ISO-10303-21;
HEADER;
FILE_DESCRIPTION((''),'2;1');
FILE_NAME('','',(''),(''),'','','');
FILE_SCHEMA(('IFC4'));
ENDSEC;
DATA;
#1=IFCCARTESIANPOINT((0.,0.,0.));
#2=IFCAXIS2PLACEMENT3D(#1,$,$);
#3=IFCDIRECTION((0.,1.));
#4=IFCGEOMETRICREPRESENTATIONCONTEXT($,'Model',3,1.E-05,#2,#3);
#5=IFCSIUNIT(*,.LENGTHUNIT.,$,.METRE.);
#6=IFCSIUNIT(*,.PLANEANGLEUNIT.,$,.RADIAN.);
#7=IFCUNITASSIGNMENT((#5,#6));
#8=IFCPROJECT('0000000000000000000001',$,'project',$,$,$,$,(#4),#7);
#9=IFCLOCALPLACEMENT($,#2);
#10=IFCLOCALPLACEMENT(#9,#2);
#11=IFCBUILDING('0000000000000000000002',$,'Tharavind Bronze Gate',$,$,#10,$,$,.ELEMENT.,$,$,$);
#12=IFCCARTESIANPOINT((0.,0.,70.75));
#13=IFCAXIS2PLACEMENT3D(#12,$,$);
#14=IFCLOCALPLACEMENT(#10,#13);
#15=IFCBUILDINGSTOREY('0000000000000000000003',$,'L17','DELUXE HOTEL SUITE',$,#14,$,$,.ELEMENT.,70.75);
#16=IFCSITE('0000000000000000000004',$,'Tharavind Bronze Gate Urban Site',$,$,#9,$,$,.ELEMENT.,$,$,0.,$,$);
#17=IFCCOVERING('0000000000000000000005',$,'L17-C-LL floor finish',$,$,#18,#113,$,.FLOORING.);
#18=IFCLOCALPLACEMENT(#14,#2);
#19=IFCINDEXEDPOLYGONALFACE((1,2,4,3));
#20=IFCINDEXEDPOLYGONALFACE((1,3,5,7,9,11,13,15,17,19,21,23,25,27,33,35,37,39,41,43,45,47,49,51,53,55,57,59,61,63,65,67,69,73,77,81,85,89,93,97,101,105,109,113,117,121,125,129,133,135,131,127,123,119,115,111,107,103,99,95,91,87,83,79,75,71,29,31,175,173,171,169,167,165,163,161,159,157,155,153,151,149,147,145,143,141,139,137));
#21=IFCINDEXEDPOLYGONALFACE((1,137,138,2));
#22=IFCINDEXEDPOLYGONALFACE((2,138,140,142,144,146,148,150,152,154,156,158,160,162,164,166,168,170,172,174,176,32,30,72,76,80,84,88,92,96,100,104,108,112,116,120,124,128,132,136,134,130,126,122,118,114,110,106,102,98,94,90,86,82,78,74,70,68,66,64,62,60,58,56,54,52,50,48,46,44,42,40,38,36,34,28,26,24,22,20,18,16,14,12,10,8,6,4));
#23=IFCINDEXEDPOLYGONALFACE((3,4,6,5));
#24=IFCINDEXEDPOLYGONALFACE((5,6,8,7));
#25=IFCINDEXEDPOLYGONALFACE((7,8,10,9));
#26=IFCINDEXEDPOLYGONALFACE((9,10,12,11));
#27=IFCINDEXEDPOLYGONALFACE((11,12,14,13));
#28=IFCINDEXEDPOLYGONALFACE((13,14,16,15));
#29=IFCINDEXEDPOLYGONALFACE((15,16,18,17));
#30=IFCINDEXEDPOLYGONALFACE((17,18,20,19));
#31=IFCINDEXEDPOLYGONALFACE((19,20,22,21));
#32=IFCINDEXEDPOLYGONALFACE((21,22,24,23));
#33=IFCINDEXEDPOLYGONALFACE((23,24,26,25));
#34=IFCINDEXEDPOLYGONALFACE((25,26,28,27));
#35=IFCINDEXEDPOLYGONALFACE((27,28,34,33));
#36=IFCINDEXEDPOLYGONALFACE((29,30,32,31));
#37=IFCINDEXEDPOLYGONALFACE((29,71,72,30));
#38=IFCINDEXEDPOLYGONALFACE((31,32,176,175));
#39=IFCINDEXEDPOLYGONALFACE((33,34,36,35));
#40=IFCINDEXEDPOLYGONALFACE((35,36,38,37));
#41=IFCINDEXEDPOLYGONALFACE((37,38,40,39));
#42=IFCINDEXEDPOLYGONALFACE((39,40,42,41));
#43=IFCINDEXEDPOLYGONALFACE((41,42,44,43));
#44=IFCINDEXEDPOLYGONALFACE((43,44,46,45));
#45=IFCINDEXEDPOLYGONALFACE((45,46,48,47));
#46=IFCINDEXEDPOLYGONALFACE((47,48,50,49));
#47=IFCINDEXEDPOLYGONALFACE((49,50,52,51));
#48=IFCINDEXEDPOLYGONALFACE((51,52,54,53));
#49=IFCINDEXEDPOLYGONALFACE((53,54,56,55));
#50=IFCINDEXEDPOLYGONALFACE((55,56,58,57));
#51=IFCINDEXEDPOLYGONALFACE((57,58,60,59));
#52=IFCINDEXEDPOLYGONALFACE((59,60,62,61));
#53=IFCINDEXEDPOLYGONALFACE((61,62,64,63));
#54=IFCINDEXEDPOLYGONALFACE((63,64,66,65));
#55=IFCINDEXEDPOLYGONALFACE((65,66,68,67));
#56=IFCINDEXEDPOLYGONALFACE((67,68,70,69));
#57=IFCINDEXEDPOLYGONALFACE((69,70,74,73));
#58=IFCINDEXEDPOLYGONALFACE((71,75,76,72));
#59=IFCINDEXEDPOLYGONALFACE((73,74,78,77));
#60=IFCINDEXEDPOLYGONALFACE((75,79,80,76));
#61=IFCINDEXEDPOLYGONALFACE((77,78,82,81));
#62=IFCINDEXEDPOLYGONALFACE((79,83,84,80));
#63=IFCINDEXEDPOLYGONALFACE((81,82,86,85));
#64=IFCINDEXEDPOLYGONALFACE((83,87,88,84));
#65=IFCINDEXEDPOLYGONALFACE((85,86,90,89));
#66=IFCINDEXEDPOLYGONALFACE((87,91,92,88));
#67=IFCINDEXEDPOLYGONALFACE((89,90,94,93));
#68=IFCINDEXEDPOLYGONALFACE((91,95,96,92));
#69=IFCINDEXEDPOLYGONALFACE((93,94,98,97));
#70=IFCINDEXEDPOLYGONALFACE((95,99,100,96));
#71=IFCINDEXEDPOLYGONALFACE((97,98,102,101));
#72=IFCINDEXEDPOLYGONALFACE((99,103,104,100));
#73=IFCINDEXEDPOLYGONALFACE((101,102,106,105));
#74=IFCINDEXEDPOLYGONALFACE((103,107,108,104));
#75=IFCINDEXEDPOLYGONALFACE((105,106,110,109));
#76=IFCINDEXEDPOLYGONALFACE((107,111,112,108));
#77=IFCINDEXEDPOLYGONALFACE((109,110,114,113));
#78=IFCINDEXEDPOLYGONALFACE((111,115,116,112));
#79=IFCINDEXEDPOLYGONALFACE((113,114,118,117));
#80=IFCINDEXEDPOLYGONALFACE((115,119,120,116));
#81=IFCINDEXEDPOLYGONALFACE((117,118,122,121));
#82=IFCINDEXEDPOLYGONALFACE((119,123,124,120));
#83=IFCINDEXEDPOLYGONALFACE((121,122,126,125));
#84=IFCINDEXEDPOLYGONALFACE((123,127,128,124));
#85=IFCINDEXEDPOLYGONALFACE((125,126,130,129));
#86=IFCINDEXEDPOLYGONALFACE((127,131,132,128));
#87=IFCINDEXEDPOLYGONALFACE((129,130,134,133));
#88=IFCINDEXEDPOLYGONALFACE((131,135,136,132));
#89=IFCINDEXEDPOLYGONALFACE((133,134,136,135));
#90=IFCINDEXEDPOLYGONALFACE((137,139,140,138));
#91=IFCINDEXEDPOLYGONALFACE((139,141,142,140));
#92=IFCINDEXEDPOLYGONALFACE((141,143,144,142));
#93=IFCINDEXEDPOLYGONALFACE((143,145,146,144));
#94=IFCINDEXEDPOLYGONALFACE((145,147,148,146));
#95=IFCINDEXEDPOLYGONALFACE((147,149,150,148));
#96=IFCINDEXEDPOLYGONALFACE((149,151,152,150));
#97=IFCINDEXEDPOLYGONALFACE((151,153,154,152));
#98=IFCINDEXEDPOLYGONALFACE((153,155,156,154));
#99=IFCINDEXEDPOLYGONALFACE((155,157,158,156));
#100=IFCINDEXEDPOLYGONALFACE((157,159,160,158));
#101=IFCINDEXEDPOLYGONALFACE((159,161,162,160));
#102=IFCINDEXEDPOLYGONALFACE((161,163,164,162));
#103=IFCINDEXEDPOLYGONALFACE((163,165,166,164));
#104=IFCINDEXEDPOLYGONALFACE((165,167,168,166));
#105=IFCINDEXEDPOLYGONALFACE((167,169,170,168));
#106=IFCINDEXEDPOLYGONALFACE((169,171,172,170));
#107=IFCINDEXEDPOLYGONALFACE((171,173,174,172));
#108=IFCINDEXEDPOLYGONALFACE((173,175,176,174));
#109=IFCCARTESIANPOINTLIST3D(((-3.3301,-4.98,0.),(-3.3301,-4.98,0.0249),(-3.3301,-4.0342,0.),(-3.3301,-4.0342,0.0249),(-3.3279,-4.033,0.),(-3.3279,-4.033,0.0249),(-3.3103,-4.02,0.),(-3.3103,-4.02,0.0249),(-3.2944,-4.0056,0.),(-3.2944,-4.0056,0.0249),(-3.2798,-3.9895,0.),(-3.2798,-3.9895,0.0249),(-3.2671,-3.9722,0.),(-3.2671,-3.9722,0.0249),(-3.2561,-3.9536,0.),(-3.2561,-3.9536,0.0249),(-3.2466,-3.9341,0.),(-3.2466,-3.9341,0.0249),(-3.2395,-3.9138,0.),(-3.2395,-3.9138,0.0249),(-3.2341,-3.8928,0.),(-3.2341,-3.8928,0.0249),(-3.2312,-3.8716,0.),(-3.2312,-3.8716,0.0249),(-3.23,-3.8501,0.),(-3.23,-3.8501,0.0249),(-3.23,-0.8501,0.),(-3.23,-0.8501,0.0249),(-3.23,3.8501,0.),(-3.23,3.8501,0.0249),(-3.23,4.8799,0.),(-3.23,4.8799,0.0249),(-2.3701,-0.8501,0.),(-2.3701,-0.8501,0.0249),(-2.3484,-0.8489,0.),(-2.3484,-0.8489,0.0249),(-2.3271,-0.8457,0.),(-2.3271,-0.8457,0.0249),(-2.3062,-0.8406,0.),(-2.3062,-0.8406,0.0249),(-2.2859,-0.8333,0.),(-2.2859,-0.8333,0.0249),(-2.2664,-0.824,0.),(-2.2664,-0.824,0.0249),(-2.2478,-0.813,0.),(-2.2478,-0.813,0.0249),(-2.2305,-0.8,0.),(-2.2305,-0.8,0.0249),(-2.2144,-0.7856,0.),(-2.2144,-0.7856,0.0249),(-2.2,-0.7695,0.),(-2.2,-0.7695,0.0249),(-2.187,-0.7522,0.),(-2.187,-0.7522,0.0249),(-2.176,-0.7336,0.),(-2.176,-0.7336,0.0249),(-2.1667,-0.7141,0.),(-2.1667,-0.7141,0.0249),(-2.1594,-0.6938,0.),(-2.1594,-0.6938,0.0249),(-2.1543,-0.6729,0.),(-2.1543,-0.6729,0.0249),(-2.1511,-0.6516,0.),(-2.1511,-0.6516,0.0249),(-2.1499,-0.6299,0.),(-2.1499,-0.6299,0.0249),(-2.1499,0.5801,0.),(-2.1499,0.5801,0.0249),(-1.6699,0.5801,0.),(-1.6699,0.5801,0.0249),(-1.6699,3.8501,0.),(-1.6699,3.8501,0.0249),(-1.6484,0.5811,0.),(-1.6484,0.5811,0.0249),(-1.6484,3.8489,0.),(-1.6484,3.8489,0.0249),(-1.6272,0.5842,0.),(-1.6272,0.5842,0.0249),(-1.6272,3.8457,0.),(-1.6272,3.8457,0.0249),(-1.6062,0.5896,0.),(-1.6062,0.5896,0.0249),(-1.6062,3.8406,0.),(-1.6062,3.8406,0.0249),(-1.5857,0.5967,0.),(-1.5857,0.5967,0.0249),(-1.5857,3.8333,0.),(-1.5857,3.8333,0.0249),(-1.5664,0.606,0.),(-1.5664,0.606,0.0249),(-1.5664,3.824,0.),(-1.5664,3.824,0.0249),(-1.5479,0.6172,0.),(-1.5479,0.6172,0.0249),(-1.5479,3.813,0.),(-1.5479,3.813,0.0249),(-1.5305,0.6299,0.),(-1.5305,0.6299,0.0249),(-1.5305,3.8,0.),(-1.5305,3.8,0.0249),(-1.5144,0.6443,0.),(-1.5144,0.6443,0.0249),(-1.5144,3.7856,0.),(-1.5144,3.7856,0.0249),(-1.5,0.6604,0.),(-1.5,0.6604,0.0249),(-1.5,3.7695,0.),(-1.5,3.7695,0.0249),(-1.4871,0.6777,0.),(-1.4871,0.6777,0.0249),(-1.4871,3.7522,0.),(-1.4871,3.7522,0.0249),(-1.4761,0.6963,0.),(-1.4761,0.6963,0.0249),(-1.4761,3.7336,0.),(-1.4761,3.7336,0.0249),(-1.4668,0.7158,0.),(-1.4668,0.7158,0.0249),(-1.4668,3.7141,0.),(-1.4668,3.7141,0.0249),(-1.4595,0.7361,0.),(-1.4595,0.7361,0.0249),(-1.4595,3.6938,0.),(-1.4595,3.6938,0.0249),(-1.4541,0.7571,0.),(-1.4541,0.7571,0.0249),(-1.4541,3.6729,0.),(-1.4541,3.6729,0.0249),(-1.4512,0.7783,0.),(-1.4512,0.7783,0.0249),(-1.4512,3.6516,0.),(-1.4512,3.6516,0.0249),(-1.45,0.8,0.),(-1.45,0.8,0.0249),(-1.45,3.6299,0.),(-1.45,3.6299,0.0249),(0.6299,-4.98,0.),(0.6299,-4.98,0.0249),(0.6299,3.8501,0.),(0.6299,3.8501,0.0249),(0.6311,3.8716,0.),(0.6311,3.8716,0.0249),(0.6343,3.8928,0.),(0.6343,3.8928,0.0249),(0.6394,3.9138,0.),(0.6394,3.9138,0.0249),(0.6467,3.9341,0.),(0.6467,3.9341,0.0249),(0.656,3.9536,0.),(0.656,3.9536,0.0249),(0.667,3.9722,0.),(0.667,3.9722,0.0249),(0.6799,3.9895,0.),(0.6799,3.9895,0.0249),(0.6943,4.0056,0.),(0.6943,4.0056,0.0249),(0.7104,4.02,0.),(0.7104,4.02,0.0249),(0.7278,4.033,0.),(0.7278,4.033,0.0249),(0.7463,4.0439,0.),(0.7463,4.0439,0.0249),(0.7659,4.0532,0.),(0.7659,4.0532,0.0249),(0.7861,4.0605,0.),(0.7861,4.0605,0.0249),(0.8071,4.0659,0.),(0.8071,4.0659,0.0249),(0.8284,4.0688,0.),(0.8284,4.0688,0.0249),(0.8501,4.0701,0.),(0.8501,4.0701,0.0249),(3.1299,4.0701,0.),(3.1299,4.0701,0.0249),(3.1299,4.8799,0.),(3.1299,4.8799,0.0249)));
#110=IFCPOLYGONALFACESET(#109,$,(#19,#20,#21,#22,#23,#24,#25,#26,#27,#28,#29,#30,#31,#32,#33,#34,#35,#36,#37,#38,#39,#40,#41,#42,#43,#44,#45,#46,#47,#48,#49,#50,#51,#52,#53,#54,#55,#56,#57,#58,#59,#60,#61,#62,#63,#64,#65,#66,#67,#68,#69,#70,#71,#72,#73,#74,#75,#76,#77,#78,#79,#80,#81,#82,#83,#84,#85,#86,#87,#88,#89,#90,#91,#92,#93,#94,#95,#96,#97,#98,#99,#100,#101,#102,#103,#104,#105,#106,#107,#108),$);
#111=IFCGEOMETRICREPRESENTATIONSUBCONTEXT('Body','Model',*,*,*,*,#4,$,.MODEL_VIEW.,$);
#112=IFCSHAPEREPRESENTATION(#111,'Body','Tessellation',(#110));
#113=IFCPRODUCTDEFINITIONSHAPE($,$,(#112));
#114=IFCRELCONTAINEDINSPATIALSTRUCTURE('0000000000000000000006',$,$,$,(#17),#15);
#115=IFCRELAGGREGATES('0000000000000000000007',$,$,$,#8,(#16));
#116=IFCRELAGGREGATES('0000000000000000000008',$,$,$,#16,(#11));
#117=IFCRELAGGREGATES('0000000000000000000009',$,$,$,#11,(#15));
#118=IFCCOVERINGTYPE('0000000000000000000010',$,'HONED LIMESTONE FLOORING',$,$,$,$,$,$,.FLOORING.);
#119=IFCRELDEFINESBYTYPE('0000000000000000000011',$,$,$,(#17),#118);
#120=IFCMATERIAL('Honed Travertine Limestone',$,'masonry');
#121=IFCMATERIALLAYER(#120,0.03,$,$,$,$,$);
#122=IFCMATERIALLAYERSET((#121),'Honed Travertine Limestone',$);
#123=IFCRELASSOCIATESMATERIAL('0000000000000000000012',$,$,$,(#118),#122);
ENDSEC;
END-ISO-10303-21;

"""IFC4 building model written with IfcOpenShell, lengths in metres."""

from ifc_helpers import new_model, si_unit, direction, frame, origin, place, context, subcontext, project, spatial, polyline, outline, extrude, material, layer, layer_set, type_object, element, save


model = new_model("IFC4")

# Units and contexts
model_context = context("Model", 3, precision=1e-05, world=origin(), true_north=direction((0.0, 1.0)))
body_context = subcontext(model_context, "Body", "Model", "MODEL_VIEW")
ifc_project = project(units=[si_unit("LENGTHUNIT", "METRE"), si_unit("PLANEANGLEUNIT", "RADIAN")], contexts=[model_context])

# Site, building, storey
site_placement = place(None, origin())
site = spatial("IfcSite", under=ifc_project, at=site_placement, Name="Tharavind Bronze Gate Urban Site", CompositionType="ELEMENT", RefElevation=0.0)
building_placement = place(site_placement, origin())
building = spatial("IfcBuilding", under=site, at=building_placement, Name="Tharavind Bronze Gate", CompositionType="ELEMENT")
storey_placement = place(building_placement, frame((0.0, 0.0, 70.75)))
storey = spatial("IfcBuildingStorey", under=building, at=storey_placement, Name="L17", Description="DELUXE HOTEL SUITE", CompositionType="ELEMENT", Elevation=70.75)

# Covering
ifc_material_1 = material(Name="Honed Travertine Limestone", Category="masonry")
ifc_layer_1 = layer(ifc_material_1, 0.03)
ifc_layer_set_1 = layer_set([ifc_layer_1], Name="Honed Travertine Limestone")
covering_type_1 = type_object("IfcCoveringType", Name="HONED LIMESTONE FLOORING", PredefinedType="FLOORING", material=ifc_layer_set_1)
covering_1_placement = place(storey_placement, origin())
element("IfcCovering", 1, at=covering_1_placement, inside=storey, type_object=covering_type_1, Name="L17-C-LL floor finish", PredefinedType="FLOORING", context=body_context, shape_type="SweptSolid", body=[
    extrude(outline(polyline([(-3.3301, -4.98), (0.6299, -4.98), (0.6299, 3.8501), (0.6311, 3.8716), (0.6343, 3.8928), (0.6394, 3.9138), (0.6467, 3.9341), (0.656, 3.9536), (0.667, 3.9722), (0.6799, 3.9895), (0.6943, 4.0056), (0.7104, 4.02), (0.7278, 4.033), (0.7463, 4.0439), (0.7659, 4.0532), (0.7861, 4.0605), (0.8071, 4.0659), (0.8284, 4.0688), (0.8501, 4.0701), (3.1299, 4.0701), (3.1299, 4.8799), (-3.23, 4.8799), (-3.23, 3.8501), (-1.6699, 3.8501), (-1.6484, 3.8489), (-1.6272, 3.8457), (-1.6062, 3.8406), (-1.5857, 3.8333), (-1.5664, 3.824), (-1.5479, 3.813), (-1.5305, 3.8), (-1.5144, 3.7856), (-1.5, 3.7695), (-1.4871, 3.7522), (-1.4761, 3.7336), (-1.4668, 3.7141), (-1.4595, 3.6938), (-1.4541, 3.6729), (-1.4512, 3.6516), (-1.45, 3.6299), (-1.45, 0.8), (-1.4512, 0.7783), (-1.4541, 0.7571), (-1.4595, 0.7361), (-1.4668, 0.7158), (-1.4761, 0.6963), (-1.4871, 0.6777), (-1.5, 0.6604), (-1.5144, 0.6443), (-1.5305, 0.6299), (-1.5479, 0.6172), (-1.5664, 0.606), (-1.5857, 0.5967), (-1.6062, 0.5896), (-1.6272, 0.5842), (-1.6484, 0.5811), (-1.6699, 0.5801), (-2.1499, 0.5801), (-2.1499, -0.6299), (-2.1511, -0.6516), (-2.1543, -0.6729), (-2.1594, -0.6938), (-2.1667, -0.7141), (-2.176, -0.7336), (-2.187, -0.7522), (-2.2, -0.7695), (-2.2144, -0.7856), (-2.2305, -0.8), (-2.2478, -0.813), (-2.2664, -0.824), (-2.2859, -0.8333), (-2.3062, -0.8406), (-2.3271, -0.8457), (-2.3484, -0.8489), (-2.3701, -0.8501), (-3.23, -0.8501), (-3.23, -3.8501), (-3.2312, -3.8716), (-3.2341, -3.8928), (-3.2395, -3.9138), (-3.2466, -3.9341), (-3.2561, -3.9536), (-3.2671, -3.9722), (-3.2798, -3.9895), (-3.2944, -4.0056), (-3.3103, -4.02), (-3.3279, -4.033), (-3.3301, -4.0342), (-3.3301, -4.98)])), origin(), (0.0, 0.0, 1.0), 0.0249),
])

save(model, "model.ifc")
